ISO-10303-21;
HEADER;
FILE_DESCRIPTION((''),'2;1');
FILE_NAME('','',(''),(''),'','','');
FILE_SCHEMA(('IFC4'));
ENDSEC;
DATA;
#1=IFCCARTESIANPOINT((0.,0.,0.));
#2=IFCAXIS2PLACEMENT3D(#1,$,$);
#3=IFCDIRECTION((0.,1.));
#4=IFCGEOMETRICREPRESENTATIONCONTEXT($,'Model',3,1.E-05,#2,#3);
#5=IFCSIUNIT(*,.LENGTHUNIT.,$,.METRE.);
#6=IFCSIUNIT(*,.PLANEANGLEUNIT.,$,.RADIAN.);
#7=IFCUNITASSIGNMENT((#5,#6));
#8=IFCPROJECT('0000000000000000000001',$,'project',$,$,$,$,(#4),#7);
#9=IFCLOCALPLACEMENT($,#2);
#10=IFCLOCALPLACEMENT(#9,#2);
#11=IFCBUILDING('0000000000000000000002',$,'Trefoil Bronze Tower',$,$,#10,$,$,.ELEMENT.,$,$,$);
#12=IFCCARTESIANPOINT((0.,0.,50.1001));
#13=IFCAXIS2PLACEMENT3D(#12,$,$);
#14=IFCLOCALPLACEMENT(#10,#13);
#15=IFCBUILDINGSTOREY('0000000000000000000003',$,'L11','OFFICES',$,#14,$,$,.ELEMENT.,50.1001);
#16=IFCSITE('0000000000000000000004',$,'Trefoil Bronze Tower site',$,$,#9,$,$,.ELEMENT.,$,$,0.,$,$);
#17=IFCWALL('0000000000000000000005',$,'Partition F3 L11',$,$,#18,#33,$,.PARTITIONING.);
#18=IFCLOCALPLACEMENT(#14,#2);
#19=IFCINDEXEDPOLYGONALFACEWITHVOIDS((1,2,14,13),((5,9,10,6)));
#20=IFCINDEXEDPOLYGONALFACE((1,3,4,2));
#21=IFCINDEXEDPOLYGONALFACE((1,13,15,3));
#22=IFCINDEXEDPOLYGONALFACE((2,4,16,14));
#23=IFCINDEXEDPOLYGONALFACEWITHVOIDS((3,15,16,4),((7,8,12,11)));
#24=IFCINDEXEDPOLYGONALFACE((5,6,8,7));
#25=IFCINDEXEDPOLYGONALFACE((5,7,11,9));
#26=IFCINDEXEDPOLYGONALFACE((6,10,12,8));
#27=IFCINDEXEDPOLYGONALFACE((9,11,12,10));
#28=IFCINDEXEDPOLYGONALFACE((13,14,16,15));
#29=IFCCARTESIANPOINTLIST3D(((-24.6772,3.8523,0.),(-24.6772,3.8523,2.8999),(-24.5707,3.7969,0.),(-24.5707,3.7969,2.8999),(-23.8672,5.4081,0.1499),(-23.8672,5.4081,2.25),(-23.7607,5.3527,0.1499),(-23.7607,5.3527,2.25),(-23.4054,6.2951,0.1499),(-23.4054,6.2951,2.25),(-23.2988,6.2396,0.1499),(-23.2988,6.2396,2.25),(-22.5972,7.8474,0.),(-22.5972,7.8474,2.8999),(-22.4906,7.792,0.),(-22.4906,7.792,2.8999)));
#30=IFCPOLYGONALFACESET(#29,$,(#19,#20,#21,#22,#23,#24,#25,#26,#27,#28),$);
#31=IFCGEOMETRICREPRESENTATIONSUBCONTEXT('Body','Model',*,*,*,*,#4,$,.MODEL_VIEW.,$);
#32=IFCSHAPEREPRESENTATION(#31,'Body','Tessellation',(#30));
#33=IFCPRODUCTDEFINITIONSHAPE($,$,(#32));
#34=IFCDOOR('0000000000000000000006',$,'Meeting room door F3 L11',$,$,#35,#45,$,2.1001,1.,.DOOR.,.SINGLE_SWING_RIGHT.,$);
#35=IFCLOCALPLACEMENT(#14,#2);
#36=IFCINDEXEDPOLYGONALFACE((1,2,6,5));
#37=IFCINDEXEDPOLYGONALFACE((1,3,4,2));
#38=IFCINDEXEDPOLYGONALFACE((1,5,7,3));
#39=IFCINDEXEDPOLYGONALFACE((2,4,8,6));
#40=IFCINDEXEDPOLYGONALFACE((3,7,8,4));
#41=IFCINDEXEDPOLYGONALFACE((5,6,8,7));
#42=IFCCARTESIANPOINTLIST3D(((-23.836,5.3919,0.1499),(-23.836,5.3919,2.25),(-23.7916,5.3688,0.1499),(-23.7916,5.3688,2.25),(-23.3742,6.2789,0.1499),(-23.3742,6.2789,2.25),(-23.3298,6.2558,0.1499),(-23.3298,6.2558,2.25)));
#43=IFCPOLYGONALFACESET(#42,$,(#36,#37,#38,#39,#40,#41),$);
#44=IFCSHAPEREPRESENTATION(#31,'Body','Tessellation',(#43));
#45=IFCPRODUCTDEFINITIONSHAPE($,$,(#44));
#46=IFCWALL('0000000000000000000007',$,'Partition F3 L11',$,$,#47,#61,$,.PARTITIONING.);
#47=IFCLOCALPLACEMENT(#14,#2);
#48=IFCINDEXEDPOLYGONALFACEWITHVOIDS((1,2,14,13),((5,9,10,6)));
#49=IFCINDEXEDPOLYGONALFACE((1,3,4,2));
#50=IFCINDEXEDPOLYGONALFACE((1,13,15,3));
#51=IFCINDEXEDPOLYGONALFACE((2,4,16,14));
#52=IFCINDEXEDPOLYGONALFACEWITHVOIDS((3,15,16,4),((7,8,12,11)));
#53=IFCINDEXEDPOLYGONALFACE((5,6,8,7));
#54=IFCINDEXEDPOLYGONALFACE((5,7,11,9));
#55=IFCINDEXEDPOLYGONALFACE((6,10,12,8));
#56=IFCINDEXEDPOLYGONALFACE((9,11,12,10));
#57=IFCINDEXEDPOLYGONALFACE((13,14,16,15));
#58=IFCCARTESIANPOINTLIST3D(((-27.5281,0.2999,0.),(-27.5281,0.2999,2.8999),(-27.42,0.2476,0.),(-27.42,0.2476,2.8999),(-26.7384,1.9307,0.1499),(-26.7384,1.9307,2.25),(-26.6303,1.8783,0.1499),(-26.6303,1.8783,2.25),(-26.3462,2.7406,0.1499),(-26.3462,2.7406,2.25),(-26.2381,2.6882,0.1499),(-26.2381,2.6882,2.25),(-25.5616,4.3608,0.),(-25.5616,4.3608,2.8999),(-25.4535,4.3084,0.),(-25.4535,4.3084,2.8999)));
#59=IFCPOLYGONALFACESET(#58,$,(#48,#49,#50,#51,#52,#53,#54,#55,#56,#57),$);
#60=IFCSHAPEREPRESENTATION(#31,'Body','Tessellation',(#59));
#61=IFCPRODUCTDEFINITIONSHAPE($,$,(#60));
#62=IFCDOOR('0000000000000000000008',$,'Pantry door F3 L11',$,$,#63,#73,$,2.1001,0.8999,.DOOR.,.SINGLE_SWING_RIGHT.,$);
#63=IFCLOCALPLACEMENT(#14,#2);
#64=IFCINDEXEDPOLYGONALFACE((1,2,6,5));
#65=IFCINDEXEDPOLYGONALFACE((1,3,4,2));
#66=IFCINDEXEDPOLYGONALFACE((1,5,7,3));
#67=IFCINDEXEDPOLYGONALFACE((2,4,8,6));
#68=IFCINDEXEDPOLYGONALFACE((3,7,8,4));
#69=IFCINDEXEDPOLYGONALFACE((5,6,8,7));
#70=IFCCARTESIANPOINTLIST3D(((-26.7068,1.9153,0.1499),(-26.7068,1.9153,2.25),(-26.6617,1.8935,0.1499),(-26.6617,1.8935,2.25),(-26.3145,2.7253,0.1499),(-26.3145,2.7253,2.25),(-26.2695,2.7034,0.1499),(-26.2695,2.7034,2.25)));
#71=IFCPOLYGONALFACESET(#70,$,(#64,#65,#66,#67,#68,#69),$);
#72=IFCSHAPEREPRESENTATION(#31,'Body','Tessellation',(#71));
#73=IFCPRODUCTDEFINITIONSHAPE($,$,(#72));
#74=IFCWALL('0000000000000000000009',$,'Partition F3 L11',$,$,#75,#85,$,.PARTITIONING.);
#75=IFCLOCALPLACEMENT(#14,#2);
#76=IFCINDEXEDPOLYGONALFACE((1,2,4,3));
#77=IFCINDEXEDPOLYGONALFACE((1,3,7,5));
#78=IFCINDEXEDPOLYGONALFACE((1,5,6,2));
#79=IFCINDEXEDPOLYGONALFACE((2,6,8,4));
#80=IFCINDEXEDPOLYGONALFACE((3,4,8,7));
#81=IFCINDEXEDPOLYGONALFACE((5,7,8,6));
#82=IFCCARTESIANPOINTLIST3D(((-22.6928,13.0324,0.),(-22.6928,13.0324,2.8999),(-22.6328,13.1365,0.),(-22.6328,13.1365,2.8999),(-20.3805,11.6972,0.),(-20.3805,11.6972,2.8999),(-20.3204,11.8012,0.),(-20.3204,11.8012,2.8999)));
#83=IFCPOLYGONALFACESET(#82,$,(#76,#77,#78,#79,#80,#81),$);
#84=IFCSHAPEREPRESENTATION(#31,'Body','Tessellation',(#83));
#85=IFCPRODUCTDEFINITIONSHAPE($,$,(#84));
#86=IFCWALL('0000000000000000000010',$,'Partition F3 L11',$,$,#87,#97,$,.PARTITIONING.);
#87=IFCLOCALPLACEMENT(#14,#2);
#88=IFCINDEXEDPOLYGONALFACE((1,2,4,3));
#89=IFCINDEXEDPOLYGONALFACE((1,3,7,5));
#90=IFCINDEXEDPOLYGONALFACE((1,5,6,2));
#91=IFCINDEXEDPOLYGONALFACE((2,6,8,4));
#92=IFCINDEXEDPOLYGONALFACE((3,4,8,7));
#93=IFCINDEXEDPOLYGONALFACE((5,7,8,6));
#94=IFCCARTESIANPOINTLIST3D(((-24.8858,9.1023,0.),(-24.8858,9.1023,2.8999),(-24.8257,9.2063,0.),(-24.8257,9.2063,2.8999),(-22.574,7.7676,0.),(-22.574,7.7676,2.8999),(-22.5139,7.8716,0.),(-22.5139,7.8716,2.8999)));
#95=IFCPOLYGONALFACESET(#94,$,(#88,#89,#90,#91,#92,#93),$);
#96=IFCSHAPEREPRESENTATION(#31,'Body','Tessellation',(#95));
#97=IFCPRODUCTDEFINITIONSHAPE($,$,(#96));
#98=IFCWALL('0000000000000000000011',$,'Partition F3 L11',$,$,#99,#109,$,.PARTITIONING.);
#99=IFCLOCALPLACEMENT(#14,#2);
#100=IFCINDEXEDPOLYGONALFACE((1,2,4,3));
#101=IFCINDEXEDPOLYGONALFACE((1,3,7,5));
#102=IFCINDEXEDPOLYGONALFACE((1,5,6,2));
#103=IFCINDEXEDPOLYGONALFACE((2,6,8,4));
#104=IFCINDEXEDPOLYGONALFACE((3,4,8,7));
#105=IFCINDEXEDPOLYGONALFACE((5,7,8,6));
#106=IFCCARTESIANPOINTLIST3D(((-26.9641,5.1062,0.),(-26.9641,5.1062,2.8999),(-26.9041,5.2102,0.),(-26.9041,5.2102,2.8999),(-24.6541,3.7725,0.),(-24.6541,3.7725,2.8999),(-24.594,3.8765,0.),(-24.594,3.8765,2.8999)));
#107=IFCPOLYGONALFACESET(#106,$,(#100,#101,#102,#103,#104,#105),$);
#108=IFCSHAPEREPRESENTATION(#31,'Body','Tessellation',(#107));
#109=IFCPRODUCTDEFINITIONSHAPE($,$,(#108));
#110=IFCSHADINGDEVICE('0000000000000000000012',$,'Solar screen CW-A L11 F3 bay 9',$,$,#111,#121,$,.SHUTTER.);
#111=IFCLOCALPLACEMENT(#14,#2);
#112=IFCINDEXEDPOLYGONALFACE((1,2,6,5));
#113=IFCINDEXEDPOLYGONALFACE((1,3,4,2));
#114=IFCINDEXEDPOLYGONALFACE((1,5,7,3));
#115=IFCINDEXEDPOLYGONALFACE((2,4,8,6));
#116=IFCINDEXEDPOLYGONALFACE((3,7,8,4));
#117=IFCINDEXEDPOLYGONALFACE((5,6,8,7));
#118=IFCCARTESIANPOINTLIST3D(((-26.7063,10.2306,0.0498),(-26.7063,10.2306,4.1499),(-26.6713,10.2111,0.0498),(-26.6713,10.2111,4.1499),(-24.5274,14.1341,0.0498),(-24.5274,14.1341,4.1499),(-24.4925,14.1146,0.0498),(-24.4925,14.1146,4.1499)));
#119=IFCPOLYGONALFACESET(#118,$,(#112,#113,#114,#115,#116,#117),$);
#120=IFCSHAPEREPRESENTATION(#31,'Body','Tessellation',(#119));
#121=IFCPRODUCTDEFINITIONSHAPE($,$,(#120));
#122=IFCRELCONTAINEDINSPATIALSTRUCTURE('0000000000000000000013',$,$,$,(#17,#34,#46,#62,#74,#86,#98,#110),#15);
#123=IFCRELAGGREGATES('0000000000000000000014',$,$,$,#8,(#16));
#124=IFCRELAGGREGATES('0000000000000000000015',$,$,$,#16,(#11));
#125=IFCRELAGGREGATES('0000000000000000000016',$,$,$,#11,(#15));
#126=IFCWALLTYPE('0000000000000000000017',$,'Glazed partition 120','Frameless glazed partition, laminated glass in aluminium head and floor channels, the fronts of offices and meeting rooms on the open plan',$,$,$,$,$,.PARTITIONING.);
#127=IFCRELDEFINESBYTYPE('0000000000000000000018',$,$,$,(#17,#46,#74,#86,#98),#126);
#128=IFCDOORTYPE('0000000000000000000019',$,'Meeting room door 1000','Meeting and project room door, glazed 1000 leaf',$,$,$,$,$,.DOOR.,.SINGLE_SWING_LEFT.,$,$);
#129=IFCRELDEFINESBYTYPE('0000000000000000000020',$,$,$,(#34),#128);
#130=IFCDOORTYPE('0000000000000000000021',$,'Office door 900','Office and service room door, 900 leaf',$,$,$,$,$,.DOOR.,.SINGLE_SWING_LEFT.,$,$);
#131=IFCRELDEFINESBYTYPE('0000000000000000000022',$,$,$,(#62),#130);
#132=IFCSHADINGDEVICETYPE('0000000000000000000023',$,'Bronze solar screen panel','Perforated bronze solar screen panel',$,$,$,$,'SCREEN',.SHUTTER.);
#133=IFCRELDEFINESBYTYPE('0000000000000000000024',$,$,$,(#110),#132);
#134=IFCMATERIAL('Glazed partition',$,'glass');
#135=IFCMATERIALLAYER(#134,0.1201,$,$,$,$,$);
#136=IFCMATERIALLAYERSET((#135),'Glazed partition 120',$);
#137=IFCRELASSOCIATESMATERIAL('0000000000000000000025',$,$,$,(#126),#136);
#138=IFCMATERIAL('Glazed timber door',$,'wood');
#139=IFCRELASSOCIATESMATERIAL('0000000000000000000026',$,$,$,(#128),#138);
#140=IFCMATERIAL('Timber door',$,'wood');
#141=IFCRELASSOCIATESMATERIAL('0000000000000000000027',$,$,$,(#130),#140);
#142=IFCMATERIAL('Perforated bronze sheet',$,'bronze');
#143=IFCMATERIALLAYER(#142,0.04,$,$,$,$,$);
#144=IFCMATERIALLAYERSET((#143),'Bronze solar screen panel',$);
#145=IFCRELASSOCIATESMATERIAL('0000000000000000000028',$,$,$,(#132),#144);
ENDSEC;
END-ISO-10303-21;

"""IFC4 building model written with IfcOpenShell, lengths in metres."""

from ifc_helpers import new_model, si_unit, direction, frame, frame_2d, origin, origin_2d, place, context, subcontext, project, spatial, rectangle, extrude, material, layer, layer_set, type_object, element, fill, save


model = new_model("IFC4")

# Units and contexts
model_context = context("Model", 3, precision=1e-05, world=origin(), true_north=direction((0.0, 1.0)))
body_context = subcontext(model_context, "Body", "Model", "MODEL_VIEW")
ifc_project = project(units=[si_unit("LENGTHUNIT", "METRE"), si_unit("PLANEANGLEUNIT", "RADIAN")], contexts=[model_context])

# Site, building, storey
site_placement = place(None, origin())
site = spatial("IfcSite", under=ifc_project, at=site_placement, Name="Trefoil Bronze Tower site", CompositionType="ELEMENT", RefElevation=0.0)
building_placement = place(site_placement, origin())
building = spatial("IfcBuilding", under=site, at=building_placement, Name="Trefoil Bronze Tower", CompositionType="ELEMENT")
storey_placement = place(building_placement, frame((0.0, 0.0, 50.1001)))
storey = spatial("IfcBuildingStorey", under=building, at=storey_placement, Name="L11", Description="OFFICES", CompositionType="ELEMENT", Elevation=50.1001)

# Walls, openings, doors
ifc_material_1 = material(Name="Glazed partition", Category="glass")
ifc_layer_1 = layer(ifc_material_1, 0.1201)
ifc_layer_set_1 = layer_set([ifc_layer_1], Name="Glazed partition 120")
wall_type = type_object("IfcWallType", Name="Glazed partition 120", Description="Frameless glazed partition, laminated glass in aluminium head and floor channels, the fronts of offices and meeting rooms on the open plan", PredefinedType="PARTITIONING", material=ifc_layer_set_1)
ifc_material_2 = material(Name="Glazed timber door", Category="wood")
door_type_1 = type_object("IfcDoorType", Name="Meeting room door 1000", Description="Meeting and project room door, glazed 1000 leaf", OperationType="SINGLE_SWING_LEFT", PredefinedType="DOOR", material=ifc_material_2)
wall_1_placement = place(storey_placement, frame((-22.5439, 7.8196, 0.0), z_axis=(0.0, 0.0, 1.0), x_axis=(-0.46181, -0.886979, 0.0)))
wall_1 = element("IfcWall", 1, at=wall_1_placement, inside=storey, type_object=wall_type, Name="Partition F3 L11", PredefinedType="PARTITIONING", context=body_context, shape_type="SweptSolid", body=[
    extrude(rectangle(XDim=4.5042, YDim=0.1201, at=frame_2d((2.252, 0.0))), origin(), (0.0, 0.0, 1.0), 2.8999),
])
opening_1_placement = place(wall_1_placement, frame((1.75, 0.0, 0.1499)))
opening_1 = element("IfcOpeningElement", 2, at=opening_1_placement, cuts=wall_1, PredefinedType="OPENING", context=body_context, shape_type="SweptSolid", body=[
    extrude(rectangle(XDim=1.0, YDim=2.1001, at=frame_2d((0.5, 1.05))), frame((0.0, 0.0701, 0.0), z_axis=(0.0, -1.0, 0.0), x_axis=(1.0, 0.0, 0.0)), (0.0, 0.0, 1.0), 0.1401),
])
door_1_placement = place(opening_1_placement, frame((1.0, 0.0, 0.0), z_axis=(0.0, 0.0, 1.0), x_axis=(-1.0, 0.0, 0.0)))
door_1 = element("IfcDoor", 3, at=door_1_placement, inside=storey, type_object=door_type_1, Name="Meeting room door F3 L11", OperationType="SINGLE_SWING_RIGHT", OverallHeight=2.1001, OverallWidth=1.0, PredefinedType="DOOR", context=body_context, shape_type="SweptSolid", body=[
    extrude(rectangle(XDim=1.0, YDim=2.1001, at=frame_2d((0.5, 1.05))), frame((0.0, 0.0249, 0.0), z_axis=(0.0, -1.0, 0.0), x_axis=(1.0, 0.0, 0.0)), (0.0, 0.0, 1.0), 0.05),
])
fill(opening_1, door_1)
wall_2_placement = place(storey_placement, frame((-25.5076, 4.3345, 0.0), z_axis=(0.0, 0.0, 1.0), x_axis=(-0.435858, -0.900015, 0.0)))
wall_2 = element("IfcWall", 4, at=wall_2_placement, inside=storey, type_object=wall_type, Name="Partition F3 L11", PredefinedType="PARTITIONING", context=body_context, shape_type="SweptSolid", body=[
    extrude(rectangle(XDim=4.512, YDim=0.1201, at=frame_2d((2.2559, 0.0))), origin(), (0.0, 0.0, 1.0), 2.8999),
])
opening_2_placement = place(wall_2_placement, frame((1.8, 0.0, 0.1499)))
opening_2 = element("IfcOpeningElement", 5, at=opening_2_placement, cuts=wall_2, PredefinedType="OPENING", context=body_context, shape_type="SweptSolid", body=[
    extrude(rectangle(XDim=0.8999, YDim=2.1001, at=frame_2d((0.45, 1.05))), frame((0.0, 0.0701, 0.0), z_axis=(0.0, -1.0, 0.0), x_axis=(1.0, 0.0, 0.0)), (0.0, 0.0, 1.0), 0.1401),
])
ifc_material_3 = material(Name="Timber door", Category="wood")
door_type_2 = type_object("IfcDoorType", Name="Office door 900", Description="Office and service room door, 900 leaf", OperationType="SINGLE_SWING_LEFT", PredefinedType="DOOR", material=ifc_material_3)
door_2_placement = place(opening_2_placement, frame((0.8999, 0.0, 0.0), z_axis=(0.0, 0.0, 1.0), x_axis=(-1.0, 0.0, 0.0)))
door_2 = element("IfcDoor", 6, at=door_2_placement, inside=storey, type_object=door_type_2, Name="Pantry door F3 L11", OperationType="SINGLE_SWING_RIGHT", OverallHeight=2.1001, OverallWidth=0.8999, PredefinedType="DOOR", context=body_context, shape_type="SweptSolid", body=[
    extrude(rectangle(XDim=0.8999, YDim=2.1001, at=frame_2d((0.45, 1.05))), frame((0.0, 0.0249, 0.0), z_axis=(0.0, -1.0, 0.0), x_axis=(1.0, 0.0, 0.0)), (0.0, 0.0, 1.0), 0.05),
])
fill(opening_2, door_2)

# Walls
wall_3_placement = place(storey_placement, frame((-20.3506, 11.7493, 0.0), z_axis=(0.0, 0.0, 1.0), x_axis=(-0.865989, 0.500063, 0.0)))
element("IfcWall", 7, at=wall_3_placement, inside=storey, type_object=wall_type, Name="Partition F3 L11", PredefinedType="PARTITIONING", context=body_context, shape_type="SweptSolid", body=[
    extrude(rectangle(XDim=2.6702, YDim=0.1201, at=frame_2d((1.335, 0.0))), origin(), (0.0, 0.0, 1.0), 2.8999),
])
wall_4_placement = place(storey_placement, frame((-22.5439, 7.8196, 0.0), z_axis=(0.0, 0.0, 1.0), x_axis=(-0.866023, 0.500005, 0.0)))
element("IfcWall", 8, at=wall_4_placement, inside=storey, type_object=wall_type, Name="Partition F3 L11", PredefinedType="PARTITIONING", context=body_context, shape_type="SweptSolid", body=[
    extrude(rectangle(XDim=2.6694, YDim=0.1201, at=frame_2d((1.3347, 0.0))), origin(), (0.0, 0.0, 1.0), 2.8999),
])
wall_5_placement = place(storey_placement, frame((-24.624, 3.8245, 0.0), z_axis=(0.0, 0.0, 1.0), x_axis=(-0.866021, 0.500008, 0.0)))
element("IfcWall", 9, at=wall_5_placement, inside=storey, type_object=wall_type, Name="Partition F3 L11", PredefinedType="PARTITIONING", context=body_context, shape_type="SweptSolid", body=[
    extrude(rectangle(XDim=2.6675, YDim=0.1201, at=frame_2d((1.3337, 0.0))), origin(), (0.0, 0.0, 1.0), 2.8999),
])

# Shading device
ifc_material_4 = material(Name="Perforated bronze sheet", Category="bronze")
ifc_layer_2 = layer(ifc_material_4, 0.04)
ifc_layer_set_2 = layer_set([ifc_layer_2], Name="Bronze solar screen panel")
shading_device_type = type_object("IfcShadingDeviceType", Name="Bronze solar screen panel", Description="Perforated bronze solar screen panel", ElementType="SCREEN", PredefinedType="SHUTTER", material=ifc_layer_set_2)
shading_device_placement = place(storey_placement, frame((-25.5994, 12.1726, 0.0498), z_axis=(0.0, 0.0, 1.0), x_axis=(-0.487382, -0.873189, 0.0)))
element("IfcShadingDevice", 10, at=shading_device_placement, inside=storey, type_object=shading_device_type, Name="Solar screen CW-A L11 F3 bay 9", PredefinedType="SHUTTER", context=body_context, shape_type="SweptSolid", body=[
    extrude(rectangle(XDim=4.4705, YDim=0.04, at=origin_2d()), origin(), (0.0, 0.0, 1.0), 4.1001),
])

save(model, "model.ifc")
